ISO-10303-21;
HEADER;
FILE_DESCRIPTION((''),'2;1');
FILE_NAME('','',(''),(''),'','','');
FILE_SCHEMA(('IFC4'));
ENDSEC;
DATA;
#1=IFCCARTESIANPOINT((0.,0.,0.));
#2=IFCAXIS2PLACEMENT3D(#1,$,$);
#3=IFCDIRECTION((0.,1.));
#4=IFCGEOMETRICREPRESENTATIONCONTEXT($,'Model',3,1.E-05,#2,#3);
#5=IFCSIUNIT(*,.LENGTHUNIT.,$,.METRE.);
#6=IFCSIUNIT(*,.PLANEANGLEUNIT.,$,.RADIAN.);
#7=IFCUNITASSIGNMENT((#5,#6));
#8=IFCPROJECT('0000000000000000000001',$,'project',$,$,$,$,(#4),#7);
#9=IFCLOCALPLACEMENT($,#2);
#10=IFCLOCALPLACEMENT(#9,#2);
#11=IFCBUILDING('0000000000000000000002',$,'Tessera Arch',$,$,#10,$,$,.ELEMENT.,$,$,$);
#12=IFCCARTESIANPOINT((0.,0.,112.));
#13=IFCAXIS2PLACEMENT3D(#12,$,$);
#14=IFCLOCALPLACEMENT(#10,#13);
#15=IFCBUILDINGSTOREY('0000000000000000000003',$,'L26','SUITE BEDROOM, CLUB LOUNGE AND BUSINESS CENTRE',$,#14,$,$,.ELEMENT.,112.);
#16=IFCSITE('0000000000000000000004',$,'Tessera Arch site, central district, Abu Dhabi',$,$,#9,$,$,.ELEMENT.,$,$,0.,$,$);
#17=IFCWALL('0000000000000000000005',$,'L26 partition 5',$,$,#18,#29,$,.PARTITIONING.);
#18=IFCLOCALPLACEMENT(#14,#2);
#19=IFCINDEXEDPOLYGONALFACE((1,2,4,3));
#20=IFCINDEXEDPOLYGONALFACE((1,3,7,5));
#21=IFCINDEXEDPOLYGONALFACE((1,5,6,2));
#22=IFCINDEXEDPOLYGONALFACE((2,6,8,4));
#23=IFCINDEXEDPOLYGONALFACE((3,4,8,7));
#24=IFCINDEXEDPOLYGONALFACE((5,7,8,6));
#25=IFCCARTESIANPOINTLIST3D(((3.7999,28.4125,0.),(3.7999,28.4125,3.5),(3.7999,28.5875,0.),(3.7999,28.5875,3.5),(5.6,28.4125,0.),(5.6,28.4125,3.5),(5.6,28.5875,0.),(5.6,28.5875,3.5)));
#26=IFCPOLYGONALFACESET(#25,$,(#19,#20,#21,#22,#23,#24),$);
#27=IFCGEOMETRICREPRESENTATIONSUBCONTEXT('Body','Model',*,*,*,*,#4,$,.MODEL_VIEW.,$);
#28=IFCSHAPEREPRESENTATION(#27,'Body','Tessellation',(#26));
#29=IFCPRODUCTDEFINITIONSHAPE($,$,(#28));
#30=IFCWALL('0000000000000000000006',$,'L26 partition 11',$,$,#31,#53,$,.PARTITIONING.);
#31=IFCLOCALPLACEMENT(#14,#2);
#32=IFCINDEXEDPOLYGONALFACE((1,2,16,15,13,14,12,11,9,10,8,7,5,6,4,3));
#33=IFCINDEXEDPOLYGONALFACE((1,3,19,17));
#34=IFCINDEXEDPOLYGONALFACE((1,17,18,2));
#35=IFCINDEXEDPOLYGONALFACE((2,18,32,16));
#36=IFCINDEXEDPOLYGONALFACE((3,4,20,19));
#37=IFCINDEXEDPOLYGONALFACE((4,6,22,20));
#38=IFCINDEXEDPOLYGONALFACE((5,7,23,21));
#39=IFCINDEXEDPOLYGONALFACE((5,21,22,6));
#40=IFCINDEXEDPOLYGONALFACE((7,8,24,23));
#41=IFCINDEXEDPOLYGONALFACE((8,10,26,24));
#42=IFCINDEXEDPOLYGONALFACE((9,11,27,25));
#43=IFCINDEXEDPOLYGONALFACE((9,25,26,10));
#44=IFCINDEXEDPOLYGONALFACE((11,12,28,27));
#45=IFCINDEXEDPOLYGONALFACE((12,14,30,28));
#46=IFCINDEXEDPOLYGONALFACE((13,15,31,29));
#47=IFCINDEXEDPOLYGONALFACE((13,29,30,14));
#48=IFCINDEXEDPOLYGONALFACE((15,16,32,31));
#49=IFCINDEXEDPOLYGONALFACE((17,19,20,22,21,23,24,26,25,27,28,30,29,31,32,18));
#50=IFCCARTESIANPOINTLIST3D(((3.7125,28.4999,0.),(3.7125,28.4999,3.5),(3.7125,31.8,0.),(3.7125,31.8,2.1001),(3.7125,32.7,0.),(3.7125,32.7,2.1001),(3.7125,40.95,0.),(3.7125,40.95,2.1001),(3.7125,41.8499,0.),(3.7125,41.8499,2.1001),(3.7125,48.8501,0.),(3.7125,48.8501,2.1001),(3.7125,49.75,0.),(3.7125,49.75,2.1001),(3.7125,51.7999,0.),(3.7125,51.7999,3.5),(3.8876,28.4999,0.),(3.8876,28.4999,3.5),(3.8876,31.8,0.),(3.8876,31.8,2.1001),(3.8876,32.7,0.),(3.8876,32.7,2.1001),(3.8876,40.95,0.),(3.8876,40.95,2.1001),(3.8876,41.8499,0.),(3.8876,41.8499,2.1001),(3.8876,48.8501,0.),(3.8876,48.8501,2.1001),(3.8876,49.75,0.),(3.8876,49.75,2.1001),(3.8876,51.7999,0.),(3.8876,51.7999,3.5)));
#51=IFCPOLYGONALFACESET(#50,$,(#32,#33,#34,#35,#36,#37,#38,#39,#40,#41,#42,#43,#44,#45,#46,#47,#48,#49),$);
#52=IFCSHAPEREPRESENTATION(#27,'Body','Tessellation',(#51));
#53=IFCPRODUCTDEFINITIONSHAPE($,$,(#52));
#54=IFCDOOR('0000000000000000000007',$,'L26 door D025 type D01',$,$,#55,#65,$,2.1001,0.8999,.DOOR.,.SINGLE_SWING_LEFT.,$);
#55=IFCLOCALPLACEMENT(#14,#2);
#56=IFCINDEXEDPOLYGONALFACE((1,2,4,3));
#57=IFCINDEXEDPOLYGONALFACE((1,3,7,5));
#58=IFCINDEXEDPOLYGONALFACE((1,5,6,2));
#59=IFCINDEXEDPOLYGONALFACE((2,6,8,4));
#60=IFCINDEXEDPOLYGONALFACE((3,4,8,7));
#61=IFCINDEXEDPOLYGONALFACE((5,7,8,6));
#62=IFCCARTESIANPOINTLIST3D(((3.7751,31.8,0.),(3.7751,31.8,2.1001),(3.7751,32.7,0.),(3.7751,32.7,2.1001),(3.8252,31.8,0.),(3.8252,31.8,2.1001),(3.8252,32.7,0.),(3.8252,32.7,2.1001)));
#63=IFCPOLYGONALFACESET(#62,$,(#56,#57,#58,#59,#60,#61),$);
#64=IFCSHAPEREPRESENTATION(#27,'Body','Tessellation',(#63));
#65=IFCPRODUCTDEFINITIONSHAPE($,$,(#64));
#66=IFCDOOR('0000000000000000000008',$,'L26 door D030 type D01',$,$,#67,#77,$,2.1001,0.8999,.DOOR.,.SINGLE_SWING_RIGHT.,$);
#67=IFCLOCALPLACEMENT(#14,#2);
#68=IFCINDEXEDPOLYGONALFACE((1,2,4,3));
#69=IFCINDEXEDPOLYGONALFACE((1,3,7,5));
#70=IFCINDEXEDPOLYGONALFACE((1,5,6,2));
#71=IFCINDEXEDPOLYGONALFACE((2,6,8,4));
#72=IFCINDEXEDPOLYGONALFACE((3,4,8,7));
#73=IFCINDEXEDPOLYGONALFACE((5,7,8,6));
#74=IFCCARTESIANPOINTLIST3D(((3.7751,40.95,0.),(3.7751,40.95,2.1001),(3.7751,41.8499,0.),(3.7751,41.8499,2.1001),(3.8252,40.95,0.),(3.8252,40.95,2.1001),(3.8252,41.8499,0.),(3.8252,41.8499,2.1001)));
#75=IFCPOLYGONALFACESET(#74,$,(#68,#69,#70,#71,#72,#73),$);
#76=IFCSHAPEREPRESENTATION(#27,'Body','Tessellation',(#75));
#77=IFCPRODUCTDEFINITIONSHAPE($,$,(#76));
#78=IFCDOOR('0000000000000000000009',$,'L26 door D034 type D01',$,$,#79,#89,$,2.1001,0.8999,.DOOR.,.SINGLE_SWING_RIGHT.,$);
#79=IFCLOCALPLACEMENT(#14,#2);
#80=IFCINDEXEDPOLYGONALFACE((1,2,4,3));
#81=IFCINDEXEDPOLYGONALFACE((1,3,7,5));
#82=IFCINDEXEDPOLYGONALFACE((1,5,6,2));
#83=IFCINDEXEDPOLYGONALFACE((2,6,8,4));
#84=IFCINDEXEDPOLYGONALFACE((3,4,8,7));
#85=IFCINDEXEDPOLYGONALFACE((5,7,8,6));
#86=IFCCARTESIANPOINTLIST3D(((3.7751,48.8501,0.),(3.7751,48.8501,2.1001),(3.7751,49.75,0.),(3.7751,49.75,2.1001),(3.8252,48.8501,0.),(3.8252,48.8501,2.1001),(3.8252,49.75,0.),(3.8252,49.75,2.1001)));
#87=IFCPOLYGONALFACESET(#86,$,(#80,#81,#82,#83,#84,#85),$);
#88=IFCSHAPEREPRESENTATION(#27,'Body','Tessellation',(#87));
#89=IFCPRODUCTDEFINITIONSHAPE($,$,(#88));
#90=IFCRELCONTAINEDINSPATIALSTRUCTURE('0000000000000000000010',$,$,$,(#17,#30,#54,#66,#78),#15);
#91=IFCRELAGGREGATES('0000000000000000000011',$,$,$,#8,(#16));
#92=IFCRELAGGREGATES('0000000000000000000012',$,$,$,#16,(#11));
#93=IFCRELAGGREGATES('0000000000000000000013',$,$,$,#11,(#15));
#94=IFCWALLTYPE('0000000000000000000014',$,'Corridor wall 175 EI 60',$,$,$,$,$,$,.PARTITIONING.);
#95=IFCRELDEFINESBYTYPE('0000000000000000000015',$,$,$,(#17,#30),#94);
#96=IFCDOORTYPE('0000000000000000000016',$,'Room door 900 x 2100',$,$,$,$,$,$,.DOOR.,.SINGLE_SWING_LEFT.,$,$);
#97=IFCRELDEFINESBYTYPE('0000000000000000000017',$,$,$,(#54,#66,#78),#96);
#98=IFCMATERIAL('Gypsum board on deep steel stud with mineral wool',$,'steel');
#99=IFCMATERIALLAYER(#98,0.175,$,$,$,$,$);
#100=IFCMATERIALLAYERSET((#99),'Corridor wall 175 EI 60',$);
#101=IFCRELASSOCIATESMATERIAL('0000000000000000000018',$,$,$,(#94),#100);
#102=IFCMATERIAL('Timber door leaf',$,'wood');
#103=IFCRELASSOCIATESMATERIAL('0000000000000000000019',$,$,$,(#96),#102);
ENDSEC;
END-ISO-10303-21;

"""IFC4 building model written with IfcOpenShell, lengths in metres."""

from ifc_helpers import new_model, si_unit, direction, frame, frame_2d, origin, place, context, subcontext, project, spatial, rectangle, extrude, material, layer, layer_set, type_object, element, fill, save


model = new_model("IFC4")

# Units and contexts
model_context = context("Model", 3, precision=1e-05, world=origin(), true_north=direction((0.0, 1.0)))
body_context = subcontext(model_context, "Body", "Model", "MODEL_VIEW")
ifc_project = project(units=[si_unit("LENGTHUNIT", "METRE"), si_unit("PLANEANGLEUNIT", "RADIAN")], contexts=[model_context])

# Site, building, storey
site_placement = place(None, origin())
site = spatial("IfcSite", under=ifc_project, at=site_placement, Name="Tessera Arch site, central district, Abu Dhabi", CompositionType="ELEMENT", RefElevation=0.0)
building_placement = place(site_placement, origin())
building = spatial("IfcBuilding", under=site, at=building_placement, Name="Tessera Arch", CompositionType="ELEMENT")
storey_placement = place(building_placement, frame((0.0, 0.0, 112.0)))
storey = spatial("IfcBuildingStorey", under=building, at=storey_placement, Name="L26", Description="SUITE BEDROOM, CLUB LOUNGE AND BUSINESS CENTRE", CompositionType="ELEMENT", Elevation=112.0)

# Wall
ifc_material_1 = material(Name="Gypsum board on deep steel stud with mineral wool", Category="steel")
ifc_layer_1 = layer(ifc_material_1, 0.175)
ifc_layer_set_1 = layer_set([ifc_layer_1], Name="Corridor wall 175 EI 60")
wall_type = type_object("IfcWallType", Name="Corridor wall 175 EI 60", PredefinedType="PARTITIONING", material=ifc_layer_set_1)
wall_1_placement = place(storey_placement, frame((3.8, 28.5, 0.0), z_axis=(0.0, 0.0, 1.0), x_axis=(1.0, 0.0, 0.0)))
element("IfcWall", 1, at=wall_1_placement, inside=storey, type_object=wall_type, Name="L26 partition 5", PredefinedType="PARTITIONING", context=body_context, shape_type="SweptSolid", body=[
    extrude(rectangle(XDim=1.8, YDim=0.175, at=frame_2d((0.8999, 0.0))), origin(), (0.0, 0.0, 1.0), 3.5),
])

# Wall, openings, doors
wall_2_placement = place(storey_placement, frame((3.8, 28.5, 0.0), z_axis=(0.0, 0.0, 1.0), x_axis=(0.0, 1.0, 0.0)))
wall_2 = element("IfcWall", 2, at=wall_2_placement, inside=storey, type_object=wall_type, Name="L26 partition 11", PredefinedType="PARTITIONING", context=body_context, shape_type="SweptSolid", body=[
    extrude(rectangle(XDim=23.3, YDim=0.175, at=frame_2d((11.6499, 0.0))), origin(), (0.0, 0.0, 1.0), 3.5),
])
opening_1_placement = place(wall_2_placement, frame((3.3, 0.0, 0.0)))
opening_1 = element("IfcOpeningElement", 3, at=opening_1_placement, cuts=wall_2, PredefinedType="OPENING", context=body_context, shape_type="SweptSolid", body=[
    extrude(rectangle(XDim=0.8999, YDim=2.1001, at=frame_2d((0.45, 1.05))), frame((0.0, 0.0974, 0.0), z_axis=(0.0, -1.0, 0.0), x_axis=(1.0, 0.0, 0.0)), (0.0, 0.0, 1.0), 0.1951),
])
opening_2_placement = place(wall_2_placement, frame((12.45, 0.0, 0.0)))
opening_2 = element("IfcOpeningElement", 4, at=opening_2_placement, cuts=wall_2, PredefinedType="OPENING", context=body_context, shape_type="SweptSolid", body=[
    extrude(rectangle(XDim=0.8999, YDim=2.1001, at=frame_2d((0.45, 1.05))), frame((0.0, 0.0974, 0.0), z_axis=(0.0, -1.0, 0.0), x_axis=(1.0, 0.0, 0.0)), (0.0, 0.0, 1.0), 0.1951),
])
opening_3_placement = place(wall_2_placement, frame((20.3501, 0.0, 0.0)))
opening_3 = element("IfcOpeningElement", 5, at=opening_3_placement, cuts=wall_2, PredefinedType="OPENING", context=body_context, shape_type="SweptSolid", body=[
    extrude(rectangle(XDim=0.8999, YDim=2.1001, at=frame_2d((0.45, 1.05))), frame((0.0, 0.0974, 0.0), z_axis=(0.0, -1.0, 0.0), x_axis=(1.0, 0.0, 0.0)), (0.0, 0.0, 1.0), 0.1951),
])
ifc_material_2 = material(Name="Timber door leaf", Category="wood")
door_type = type_object("IfcDoorType", Name="Room door 900 x 2100", OperationType="SINGLE_SWING_LEFT", PredefinedType="DOOR", material=ifc_material_2)
door_1_placement = place(opening_1_placement, origin())
door_1 = element("IfcDoor", 6, at=door_1_placement, inside=storey, type_object=door_type, Name="L26 door D025 type D01", OperationType="SINGLE_SWING_LEFT", OverallHeight=2.1001, OverallWidth=0.8999, PredefinedType="DOOR", context=body_context, shape_type="SweptSolid", body=[
    extrude(rectangle(XDim=0.8999, YDim=2.1001, at=frame_2d((0.45, 1.05))), frame((0.0, 0.0249, 0.0), z_axis=(0.0, -1.0, 0.0), x_axis=(1.0, 0.0, 0.0)), (0.0, 0.0, 1.0), 0.05),
])
fill(opening_1, door_1)
door_2_placement = place(opening_2_placement, origin())
door_2 = element("IfcDoor", 7, at=door_2_placement, inside=storey, type_object=door_type, Name="L26 door D030 type D01", OperationType="SINGLE_SWING_RIGHT", OverallHeight=2.1001, OverallWidth=0.8999, PredefinedType="DOOR", context=body_context, shape_type="SweptSolid", body=[
    extrude(rectangle(XDim=0.8999, YDim=2.1001, at=frame_2d((0.45, 1.05))), frame((0.0, 0.0249, 0.0), z_axis=(0.0, -1.0, 0.0), x_axis=(1.0, 0.0, 0.0)), (0.0, 0.0, 1.0), 0.05),
])
fill(opening_2, door_2)
door_3_placement = place(opening_3_placement, origin())
door_3 = element("IfcDoor", 8, at=door_3_placement, inside=storey, type_object=door_type, Name="L26 door D034 type D01", OperationType="SINGLE_SWING_RIGHT", OverallHeight=2.1001, OverallWidth=0.8999, PredefinedType="DOOR", context=body_context, shape_type="SweptSolid", body=[
    extrude(rectangle(XDim=0.8999, YDim=2.1001, at=frame_2d((0.45, 1.05))), frame((0.0, 0.0249, 0.0), z_axis=(0.0, -1.0, 0.0), x_axis=(1.0, 0.0, 0.0)), (0.0, 0.0, 1.0), 0.05),
])
fill(opening_3, door_3)

save(model, "model.ifc")
